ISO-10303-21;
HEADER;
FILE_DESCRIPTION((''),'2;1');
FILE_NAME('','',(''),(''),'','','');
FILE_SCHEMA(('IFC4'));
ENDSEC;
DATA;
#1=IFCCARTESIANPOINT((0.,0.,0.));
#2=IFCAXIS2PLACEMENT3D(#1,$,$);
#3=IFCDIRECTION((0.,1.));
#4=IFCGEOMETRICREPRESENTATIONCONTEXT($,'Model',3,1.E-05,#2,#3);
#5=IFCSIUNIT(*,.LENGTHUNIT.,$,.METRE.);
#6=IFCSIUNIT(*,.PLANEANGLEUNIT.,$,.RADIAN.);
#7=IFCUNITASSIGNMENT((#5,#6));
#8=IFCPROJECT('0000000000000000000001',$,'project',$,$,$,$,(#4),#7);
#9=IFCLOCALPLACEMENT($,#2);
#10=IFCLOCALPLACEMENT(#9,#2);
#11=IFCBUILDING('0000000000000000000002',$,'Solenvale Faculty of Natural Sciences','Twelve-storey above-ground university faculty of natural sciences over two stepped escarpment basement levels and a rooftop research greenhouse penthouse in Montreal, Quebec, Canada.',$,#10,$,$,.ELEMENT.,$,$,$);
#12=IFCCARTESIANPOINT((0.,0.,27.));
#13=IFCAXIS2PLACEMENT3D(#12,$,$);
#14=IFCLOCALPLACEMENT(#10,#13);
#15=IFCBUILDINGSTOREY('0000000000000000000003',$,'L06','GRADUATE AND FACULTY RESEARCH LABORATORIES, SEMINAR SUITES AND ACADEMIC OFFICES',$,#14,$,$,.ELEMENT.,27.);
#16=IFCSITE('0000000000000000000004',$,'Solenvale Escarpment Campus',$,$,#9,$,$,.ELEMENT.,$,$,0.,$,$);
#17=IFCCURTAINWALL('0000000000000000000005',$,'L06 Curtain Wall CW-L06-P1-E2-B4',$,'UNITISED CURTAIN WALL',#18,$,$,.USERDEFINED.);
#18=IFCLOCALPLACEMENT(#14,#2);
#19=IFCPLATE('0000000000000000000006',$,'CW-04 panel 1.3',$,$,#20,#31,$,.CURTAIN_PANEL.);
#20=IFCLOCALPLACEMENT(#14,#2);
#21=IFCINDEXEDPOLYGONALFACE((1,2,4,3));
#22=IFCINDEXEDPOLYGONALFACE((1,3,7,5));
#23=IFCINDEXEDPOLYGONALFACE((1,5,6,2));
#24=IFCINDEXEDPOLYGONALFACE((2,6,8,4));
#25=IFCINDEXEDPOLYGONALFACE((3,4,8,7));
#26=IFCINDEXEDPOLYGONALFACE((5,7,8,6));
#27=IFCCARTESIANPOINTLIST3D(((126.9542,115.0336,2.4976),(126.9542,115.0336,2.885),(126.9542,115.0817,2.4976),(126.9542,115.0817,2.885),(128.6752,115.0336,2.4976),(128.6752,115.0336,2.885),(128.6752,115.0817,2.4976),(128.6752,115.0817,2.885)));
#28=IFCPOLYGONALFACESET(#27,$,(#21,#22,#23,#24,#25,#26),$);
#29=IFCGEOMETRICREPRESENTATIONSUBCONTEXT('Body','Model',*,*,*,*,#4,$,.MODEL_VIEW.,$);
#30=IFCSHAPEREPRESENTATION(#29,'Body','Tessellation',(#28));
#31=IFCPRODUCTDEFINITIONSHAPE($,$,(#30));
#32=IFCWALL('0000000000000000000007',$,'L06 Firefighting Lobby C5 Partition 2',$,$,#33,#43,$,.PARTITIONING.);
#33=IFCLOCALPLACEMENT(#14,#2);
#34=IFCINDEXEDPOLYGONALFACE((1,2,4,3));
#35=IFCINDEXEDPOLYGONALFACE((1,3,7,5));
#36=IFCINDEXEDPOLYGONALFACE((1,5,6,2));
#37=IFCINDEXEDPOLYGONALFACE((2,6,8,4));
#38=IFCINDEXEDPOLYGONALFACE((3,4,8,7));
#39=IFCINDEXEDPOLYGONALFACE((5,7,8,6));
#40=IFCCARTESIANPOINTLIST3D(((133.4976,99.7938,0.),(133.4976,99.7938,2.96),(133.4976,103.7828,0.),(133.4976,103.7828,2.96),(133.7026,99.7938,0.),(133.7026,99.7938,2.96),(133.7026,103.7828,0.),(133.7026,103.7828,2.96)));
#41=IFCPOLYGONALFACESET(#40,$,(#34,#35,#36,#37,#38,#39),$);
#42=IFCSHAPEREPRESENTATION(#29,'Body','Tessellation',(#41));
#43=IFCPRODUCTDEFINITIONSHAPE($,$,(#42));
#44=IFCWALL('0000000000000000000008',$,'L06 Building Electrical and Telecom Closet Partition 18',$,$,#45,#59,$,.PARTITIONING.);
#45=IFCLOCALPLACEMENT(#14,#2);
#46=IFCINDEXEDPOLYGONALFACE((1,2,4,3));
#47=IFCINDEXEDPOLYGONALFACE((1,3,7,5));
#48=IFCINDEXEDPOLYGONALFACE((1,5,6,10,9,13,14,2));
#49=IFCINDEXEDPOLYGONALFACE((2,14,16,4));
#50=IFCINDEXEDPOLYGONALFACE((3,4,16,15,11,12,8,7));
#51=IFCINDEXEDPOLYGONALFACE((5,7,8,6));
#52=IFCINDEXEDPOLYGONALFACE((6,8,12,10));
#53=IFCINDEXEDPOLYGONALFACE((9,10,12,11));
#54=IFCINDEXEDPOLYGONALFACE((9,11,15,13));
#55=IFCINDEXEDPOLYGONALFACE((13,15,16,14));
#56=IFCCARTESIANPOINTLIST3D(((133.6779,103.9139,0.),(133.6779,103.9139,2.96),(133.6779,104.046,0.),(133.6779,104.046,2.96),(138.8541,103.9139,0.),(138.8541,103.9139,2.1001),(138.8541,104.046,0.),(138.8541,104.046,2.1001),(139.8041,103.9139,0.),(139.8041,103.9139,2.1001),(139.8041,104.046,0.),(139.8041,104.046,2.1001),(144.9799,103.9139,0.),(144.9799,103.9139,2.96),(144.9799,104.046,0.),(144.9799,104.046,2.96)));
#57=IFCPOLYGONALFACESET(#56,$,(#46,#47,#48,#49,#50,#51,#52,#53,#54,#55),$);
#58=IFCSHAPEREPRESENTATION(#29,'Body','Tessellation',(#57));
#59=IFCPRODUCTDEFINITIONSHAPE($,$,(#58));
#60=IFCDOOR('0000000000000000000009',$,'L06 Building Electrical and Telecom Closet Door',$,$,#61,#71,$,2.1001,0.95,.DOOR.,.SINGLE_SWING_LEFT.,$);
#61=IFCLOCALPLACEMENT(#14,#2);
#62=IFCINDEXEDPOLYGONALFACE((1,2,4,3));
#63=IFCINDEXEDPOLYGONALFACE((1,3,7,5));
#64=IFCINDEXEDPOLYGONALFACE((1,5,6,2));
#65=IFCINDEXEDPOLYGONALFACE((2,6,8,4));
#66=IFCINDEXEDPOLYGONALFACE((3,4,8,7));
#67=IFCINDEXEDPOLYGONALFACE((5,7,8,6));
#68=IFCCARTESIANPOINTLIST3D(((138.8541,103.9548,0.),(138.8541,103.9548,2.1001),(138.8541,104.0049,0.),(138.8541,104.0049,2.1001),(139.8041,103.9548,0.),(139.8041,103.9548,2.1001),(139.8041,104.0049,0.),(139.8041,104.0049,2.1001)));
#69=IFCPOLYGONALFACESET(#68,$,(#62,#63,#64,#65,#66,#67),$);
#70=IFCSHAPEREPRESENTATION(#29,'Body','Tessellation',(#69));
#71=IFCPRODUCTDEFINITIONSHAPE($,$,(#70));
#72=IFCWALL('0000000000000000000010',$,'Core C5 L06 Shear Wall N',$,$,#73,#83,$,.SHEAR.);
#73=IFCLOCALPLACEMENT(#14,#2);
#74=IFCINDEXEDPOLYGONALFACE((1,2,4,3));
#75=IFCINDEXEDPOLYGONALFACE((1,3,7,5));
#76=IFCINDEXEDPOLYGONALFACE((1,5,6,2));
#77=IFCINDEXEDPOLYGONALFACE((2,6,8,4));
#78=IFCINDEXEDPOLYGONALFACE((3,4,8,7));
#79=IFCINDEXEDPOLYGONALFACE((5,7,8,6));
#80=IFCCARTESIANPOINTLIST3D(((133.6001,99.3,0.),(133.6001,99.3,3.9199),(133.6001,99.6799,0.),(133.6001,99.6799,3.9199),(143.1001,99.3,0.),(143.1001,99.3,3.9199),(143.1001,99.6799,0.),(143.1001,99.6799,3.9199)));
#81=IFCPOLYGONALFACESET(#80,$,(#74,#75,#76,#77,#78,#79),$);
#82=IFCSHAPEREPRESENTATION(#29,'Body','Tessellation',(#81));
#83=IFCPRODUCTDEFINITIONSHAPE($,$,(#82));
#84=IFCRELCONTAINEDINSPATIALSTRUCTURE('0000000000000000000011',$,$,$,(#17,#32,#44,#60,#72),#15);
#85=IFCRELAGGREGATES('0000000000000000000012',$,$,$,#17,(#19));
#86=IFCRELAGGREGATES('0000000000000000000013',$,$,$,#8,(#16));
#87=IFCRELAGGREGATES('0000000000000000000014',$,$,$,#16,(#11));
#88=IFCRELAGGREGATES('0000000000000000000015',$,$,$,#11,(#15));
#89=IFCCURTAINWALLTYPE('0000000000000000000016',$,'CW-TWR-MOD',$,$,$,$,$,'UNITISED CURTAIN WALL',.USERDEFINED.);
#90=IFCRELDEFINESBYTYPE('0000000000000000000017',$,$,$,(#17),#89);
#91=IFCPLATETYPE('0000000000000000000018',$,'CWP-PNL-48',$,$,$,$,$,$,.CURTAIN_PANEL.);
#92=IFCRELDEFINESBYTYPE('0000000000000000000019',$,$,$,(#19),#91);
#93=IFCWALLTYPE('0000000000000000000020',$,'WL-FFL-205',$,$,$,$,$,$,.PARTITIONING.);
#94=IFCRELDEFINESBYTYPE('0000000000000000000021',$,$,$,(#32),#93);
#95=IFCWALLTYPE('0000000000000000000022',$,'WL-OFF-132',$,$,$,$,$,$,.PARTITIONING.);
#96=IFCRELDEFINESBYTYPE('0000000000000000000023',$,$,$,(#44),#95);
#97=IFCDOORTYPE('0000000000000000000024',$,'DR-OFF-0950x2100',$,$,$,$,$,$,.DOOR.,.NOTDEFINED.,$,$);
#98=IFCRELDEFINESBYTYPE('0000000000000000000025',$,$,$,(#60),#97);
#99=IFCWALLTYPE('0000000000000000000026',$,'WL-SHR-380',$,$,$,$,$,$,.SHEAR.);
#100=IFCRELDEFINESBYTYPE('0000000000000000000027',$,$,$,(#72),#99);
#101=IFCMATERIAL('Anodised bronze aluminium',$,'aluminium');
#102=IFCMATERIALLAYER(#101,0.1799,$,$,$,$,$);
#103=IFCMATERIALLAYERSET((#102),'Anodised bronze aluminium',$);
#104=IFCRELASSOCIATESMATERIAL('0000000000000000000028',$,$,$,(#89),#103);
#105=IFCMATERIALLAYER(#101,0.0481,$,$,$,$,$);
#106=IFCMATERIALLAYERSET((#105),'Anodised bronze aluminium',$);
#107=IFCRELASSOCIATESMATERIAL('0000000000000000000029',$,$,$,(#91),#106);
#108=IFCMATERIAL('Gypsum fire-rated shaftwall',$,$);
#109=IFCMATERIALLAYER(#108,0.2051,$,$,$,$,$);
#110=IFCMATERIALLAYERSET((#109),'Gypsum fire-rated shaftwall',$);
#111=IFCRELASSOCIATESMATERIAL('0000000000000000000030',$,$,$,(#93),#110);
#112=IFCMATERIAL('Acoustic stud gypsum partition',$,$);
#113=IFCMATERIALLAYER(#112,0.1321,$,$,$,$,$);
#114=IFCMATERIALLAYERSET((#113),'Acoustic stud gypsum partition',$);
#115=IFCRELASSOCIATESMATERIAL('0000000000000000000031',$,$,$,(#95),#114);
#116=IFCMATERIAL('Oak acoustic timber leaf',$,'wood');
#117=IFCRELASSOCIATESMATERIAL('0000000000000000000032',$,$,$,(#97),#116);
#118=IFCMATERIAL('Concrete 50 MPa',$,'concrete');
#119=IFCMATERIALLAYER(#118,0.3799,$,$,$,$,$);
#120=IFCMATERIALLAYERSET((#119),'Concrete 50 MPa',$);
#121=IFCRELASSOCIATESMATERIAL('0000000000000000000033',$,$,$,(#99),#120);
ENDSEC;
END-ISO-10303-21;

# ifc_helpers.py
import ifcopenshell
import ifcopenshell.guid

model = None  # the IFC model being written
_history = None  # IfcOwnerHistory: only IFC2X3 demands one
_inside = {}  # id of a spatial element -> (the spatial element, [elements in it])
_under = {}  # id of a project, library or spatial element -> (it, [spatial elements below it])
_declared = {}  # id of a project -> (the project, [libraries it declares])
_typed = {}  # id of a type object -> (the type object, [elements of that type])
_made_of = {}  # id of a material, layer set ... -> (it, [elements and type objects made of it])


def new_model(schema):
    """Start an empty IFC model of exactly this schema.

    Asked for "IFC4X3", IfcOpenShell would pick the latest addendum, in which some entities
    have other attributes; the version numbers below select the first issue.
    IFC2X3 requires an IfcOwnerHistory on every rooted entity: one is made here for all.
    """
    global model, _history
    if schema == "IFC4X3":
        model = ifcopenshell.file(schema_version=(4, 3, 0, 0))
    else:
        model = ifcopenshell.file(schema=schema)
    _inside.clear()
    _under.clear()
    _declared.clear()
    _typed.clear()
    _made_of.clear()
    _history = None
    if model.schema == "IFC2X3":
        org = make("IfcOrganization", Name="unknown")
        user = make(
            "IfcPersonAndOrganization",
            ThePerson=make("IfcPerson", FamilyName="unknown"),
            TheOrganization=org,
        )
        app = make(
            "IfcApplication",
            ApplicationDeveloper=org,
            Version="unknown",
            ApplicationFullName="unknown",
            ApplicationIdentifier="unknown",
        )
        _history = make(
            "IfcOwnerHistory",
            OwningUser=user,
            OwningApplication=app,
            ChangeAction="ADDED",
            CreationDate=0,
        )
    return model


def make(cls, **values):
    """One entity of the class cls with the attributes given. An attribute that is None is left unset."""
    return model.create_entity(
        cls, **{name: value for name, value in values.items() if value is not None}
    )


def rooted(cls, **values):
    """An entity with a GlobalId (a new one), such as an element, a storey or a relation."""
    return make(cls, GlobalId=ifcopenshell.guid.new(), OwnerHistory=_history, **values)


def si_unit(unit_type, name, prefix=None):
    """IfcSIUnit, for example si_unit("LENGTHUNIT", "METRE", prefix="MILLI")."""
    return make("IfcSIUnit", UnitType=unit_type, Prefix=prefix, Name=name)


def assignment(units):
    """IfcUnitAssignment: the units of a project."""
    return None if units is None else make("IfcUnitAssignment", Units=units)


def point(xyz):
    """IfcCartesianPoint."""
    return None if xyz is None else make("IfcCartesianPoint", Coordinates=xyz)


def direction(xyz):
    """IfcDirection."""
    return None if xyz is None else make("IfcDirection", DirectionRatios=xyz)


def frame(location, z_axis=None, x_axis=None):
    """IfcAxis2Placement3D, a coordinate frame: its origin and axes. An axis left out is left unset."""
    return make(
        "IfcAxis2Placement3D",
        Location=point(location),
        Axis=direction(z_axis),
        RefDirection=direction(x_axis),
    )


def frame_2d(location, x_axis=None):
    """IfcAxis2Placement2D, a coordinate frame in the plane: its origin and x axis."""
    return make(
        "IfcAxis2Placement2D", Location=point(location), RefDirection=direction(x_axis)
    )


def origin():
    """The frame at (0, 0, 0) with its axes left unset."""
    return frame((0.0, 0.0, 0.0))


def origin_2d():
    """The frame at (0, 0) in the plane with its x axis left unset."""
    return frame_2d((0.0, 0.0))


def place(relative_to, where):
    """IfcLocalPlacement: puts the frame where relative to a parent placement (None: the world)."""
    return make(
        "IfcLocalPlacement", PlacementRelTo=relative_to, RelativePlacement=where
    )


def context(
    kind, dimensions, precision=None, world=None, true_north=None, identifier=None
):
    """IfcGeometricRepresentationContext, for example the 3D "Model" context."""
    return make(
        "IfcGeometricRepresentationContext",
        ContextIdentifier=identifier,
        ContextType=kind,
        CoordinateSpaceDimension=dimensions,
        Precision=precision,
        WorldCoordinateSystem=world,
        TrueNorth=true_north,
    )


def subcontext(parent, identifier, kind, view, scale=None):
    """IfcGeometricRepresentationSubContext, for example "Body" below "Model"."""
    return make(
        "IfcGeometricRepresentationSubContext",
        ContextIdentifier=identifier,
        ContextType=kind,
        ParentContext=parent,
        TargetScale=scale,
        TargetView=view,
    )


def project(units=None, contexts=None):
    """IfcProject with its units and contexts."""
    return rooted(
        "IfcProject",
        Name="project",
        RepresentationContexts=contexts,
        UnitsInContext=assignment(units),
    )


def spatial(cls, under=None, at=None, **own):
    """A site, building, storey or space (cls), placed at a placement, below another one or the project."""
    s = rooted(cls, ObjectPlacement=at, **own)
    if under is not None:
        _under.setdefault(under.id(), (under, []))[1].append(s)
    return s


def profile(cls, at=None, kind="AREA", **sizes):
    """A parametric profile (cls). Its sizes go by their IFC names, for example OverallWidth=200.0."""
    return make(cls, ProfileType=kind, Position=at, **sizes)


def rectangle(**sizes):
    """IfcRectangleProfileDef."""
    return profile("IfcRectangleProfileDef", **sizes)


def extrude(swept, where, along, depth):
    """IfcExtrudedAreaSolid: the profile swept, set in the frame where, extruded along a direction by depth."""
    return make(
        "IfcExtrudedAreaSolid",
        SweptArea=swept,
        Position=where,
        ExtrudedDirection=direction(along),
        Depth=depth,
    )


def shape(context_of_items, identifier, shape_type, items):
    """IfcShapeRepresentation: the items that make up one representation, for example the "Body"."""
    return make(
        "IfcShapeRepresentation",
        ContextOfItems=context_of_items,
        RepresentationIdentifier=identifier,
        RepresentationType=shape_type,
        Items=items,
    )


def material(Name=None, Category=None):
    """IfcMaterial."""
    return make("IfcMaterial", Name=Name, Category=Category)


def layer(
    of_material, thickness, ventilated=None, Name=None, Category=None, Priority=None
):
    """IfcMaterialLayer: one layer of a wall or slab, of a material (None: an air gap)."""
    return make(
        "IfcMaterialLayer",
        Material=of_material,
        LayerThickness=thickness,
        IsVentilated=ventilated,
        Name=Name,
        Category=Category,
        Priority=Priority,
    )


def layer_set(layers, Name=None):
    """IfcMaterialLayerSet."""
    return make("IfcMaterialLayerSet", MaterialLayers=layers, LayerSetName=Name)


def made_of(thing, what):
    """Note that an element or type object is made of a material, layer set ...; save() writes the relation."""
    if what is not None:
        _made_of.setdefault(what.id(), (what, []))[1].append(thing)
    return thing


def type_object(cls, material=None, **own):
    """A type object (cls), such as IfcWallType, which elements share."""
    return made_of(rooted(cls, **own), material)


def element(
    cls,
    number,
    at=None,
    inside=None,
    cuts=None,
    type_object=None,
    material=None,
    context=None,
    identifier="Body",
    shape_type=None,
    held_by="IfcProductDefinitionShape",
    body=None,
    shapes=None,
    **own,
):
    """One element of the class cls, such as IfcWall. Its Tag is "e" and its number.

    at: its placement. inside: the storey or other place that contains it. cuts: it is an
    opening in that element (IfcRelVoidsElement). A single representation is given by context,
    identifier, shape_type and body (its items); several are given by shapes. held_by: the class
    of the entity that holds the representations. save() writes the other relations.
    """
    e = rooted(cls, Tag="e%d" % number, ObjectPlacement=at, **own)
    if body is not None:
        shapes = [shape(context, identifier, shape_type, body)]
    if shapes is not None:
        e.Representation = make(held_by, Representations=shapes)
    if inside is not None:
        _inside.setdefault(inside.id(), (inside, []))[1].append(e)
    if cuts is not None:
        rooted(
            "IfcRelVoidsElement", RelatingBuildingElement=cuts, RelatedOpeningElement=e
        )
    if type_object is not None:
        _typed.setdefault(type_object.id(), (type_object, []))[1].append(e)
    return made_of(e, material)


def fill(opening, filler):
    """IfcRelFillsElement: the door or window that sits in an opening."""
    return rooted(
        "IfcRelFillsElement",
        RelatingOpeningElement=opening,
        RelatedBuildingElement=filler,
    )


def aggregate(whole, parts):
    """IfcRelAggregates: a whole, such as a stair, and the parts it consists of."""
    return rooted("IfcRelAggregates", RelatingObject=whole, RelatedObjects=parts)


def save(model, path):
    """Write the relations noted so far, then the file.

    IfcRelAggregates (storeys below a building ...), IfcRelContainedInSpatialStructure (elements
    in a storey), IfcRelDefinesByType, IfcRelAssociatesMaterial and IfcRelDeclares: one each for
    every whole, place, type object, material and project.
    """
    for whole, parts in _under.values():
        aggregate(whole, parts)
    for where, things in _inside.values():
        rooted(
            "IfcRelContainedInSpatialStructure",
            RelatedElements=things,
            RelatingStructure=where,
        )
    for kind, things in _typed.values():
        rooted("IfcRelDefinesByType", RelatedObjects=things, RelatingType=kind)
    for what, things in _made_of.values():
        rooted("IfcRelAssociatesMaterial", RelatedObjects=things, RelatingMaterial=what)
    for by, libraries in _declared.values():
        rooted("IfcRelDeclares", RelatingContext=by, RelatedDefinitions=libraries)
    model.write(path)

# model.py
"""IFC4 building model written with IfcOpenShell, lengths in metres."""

from ifc_helpers import new_model, si_unit, direction, frame, frame_2d, origin, origin_2d, place, context, subcontext, project, spatial, rectangle, extrude, material, layer, layer_set, type_object, element, fill, aggregate, save


model = new_model("IFC4")

# Units and contexts
model_context = context("Model", 3, precision=1e-05, world=origin(), true_north=direction((0.0, 1.0)))
body_context = subcontext(model_context, "Body", "Model", "MODEL_VIEW")
ifc_project = project(units=[si_unit("LENGTHUNIT", "METRE"), si_unit("PLANEANGLEUNIT", "RADIAN")], contexts=[model_context])

# Site, building, storey
site_placement = place(None, origin())
site = spatial("IfcSite", under=ifc_project, at=site_placement, Name="Solenvale Escarpment Campus", CompositionType="ELEMENT", RefElevation=0.0)
building_placement = place(site_placement, origin())
building = spatial("IfcBuilding", under=site, at=building_placement, Name="Solenvale Faculty of Natural Sciences", Description="Twelve-storey above-ground university faculty of natural sciences over two stepped escarpment basement levels and a rooftop research greenhouse penthouse in Montreal, Quebec, Canada.", CompositionType="ELEMENT")
storey_placement = place(building_placement, frame((0.0, 0.0, 27.0)))
storey = spatial("IfcBuildingStorey", under=building, at=storey_placement, Name="L06", Description="GRADUATE AND FACULTY RESEARCH LABORATORIES, SEMINAR SUITES AND ACADEMIC OFFICES", CompositionType="ELEMENT", Elevation=27.0)

# Curtain wall, plate
ifc_material_1 = material(Name="Anodised bronze aluminium", Category="aluminium")
ifc_layer_1 = layer(ifc_material_1, 0.1799)
ifc_layer_set_1 = layer_set([ifc_layer_1], Name="Anodised bronze aluminium")
curtain_wall_type = type_object("IfcCurtainWallType", Name="CW-TWR-MOD", ElementType="UNITISED CURTAIN WALL", PredefinedType="USERDEFINED", material=ifc_layer_set_1)
curtain_wall_placement = place(storey_placement, origin())
curtain_wall = element("IfcCurtainWall", 1, at=curtain_wall_placement, inside=storey, type_object=curtain_wall_type, Name="L06 Curtain Wall CW-L06-P1-E2-B4", ObjectType="UNITISED CURTAIN WALL", PredefinedType="USERDEFINED")
ifc_layer_2 = layer(ifc_material_1, 0.0481)
ifc_layer_set_2 = layer_set([ifc_layer_2], Name="Anodised bronze aluminium")
plate_type = type_object("IfcPlateType", Name="CWP-PNL-48", PredefinedType="CURTAIN_PANEL", material=ifc_layer_set_2)
plate_placement = place(storey_placement, frame((127.8147, 115.0576, 2.4976), z_axis=(0.0, 0.0, 1.0), x_axis=(-1.0, 0.0, 0.0)))
plate = element("IfcPlate", 2, at=plate_placement, type_object=plate_type, Name="CW-04 panel 1.3", PredefinedType="CURTAIN_PANEL", context=body_context, shape_type="SweptSolid", body=[
    extrude(rectangle(XDim=1.7209, YDim=0.0481, at=origin_2d()), origin(), (0.0, 0.0, 1.0), 0.3875),
])
aggregate(curtain_wall, [plate])

# Shared definitions
ifc_material_2 = material(Name="Gypsum fire-rated shaftwall")
ifc_layer_3 = layer(ifc_material_2, 0.2051)
ifc_layer_set_3 = layer_set([ifc_layer_3], Name="Gypsum fire-rated shaftwall")
wall_type_1 = type_object("IfcWallType", Name="WL-FFL-205", PredefinedType="PARTITIONING", material=ifc_layer_set_3)

# Wall
wall_1_placement = place(storey_placement, frame((133.6001, 103.783, 0.0), z_axis=(0.0, 0.0, 1.0), x_axis=(0.0, -1.0, 0.0)))
element("IfcWall", 3, at=wall_1_placement, inside=storey, type_object=wall_type_1, Name="L06 Firefighting Lobby C5 Partition 2", PredefinedType="PARTITIONING", context=body_context, shape_type="SweptSolid", body=[
    extrude(rectangle(XDim=3.989, YDim=0.2051, at=frame_2d((1.9946, 0.0))), origin(), (0.0, 0.0, 1.0), 2.96),
])

# Wall, opening, door
ifc_material_3 = material(Name="Acoustic stud gypsum partition")
ifc_layer_4 = layer(ifc_material_3, 0.1321)
ifc_layer_set_4 = layer_set([ifc_layer_4], Name="Acoustic stud gypsum partition")
wall_type_2 = type_object("IfcWallType", Name="WL-OFF-132", PredefinedType="PARTITIONING", material=ifc_layer_set_4)
wall_2_placement = place(storey_placement, frame((133.678, 103.98, 0.0), z_axis=(0.0, 0.0, 1.0), x_axis=(1.0, 0.0, 0.0)))
wall_2 = element("IfcWall", 4, at=wall_2_placement, inside=storey, type_object=wall_type_2, Name="L06 Building Electrical and Telecom Closet Partition 18", PredefinedType="PARTITIONING", context=body_context, shape_type="SweptSolid", body=[
    extrude(rectangle(XDim=11.302, YDim=0.1321, at=frame_2d((5.6509, 0.0))), origin(), (0.0, 0.0, 1.0), 2.96),
])
opening_1_placement = place(wall_2_placement, frame((5.176, 0.0, 0.0)))
opening_1 = element("IfcOpeningElement", 5, at=opening_1_placement, cuts=wall_2, PredefinedType="OPENING", context=body_context, shape_type="SweptSolid", body=[
    extrude(rectangle(XDim=0.95, YDim=2.1001, at=frame_2d((0.4751, 1.05))), frame((0.0, 0.0759, 0.0), z_axis=(0.0, -1.0, 0.0), x_axis=(1.0, 0.0, 0.0)), (0.0, 0.0, 1.0), 0.1521),
])
ifc_material_4 = material(Name="Oak acoustic timber leaf", Category="wood")
door_type_1 = type_object("IfcDoorType", Name="DR-OFF-0950x2100", OperationType="NOTDEFINED", PredefinedType="DOOR", material=ifc_material_4)
door_1_placement = place(opening_1_placement, origin())
door_1 = element("IfcDoor", 6, at=door_1_placement, inside=storey, type_object=door_type_1, Name="L06 Building Electrical and Telecom Closet Door", OperationType="SINGLE_SWING_LEFT", OverallHeight=2.1001, OverallWidth=0.95, PredefinedType="DOOR", context=body_context, shape_type="SweptSolid", body=[
    extrude(rectangle(XDim=0.95, YDim=2.1001, at=frame_2d((0.4751, 1.05))), frame((0.0, 0.0249, 0.0), z_axis=(0.0, -1.0, 0.0), x_axis=(1.0, 0.0, 0.0)), (0.0, 0.0, 1.0), 0.05),
])
fill(opening_1, door_1)

# Wall
ifc_material_5 = material(Name="Concrete 50 MPa", Category="concrete")
ifc_layer_5 = layer(ifc_material_5, 0.3799)
ifc_layer_set_5 = layer_set([ifc_layer_5], Name="Concrete 50 MPa")
wall_type_3 = type_object("IfcWallType", Name="WL-SHR-380", PredefinedType="SHEAR", material=ifc_layer_set_5)
wall_3_placement = place(storey_placement, frame((133.6001, 99.49, 0.0), z_axis=(0.0, 0.0, 1.0), x_axis=(1.0, 0.0, 0.0)))
element("IfcWall", 7, at=wall_3_placement, inside=storey, type_object=wall_type_3, Name="Core C5 L06 Shear Wall N", PredefinedType="SHEAR", context=body_context, shape_type="SweptSolid", body=[
    extrude(rectangle(XDim=9.5, YDim=0.3799, at=frame_2d((4.75, 0.0))), origin(), (0.0, 0.0, 1.0), 3.9199),
])

save(model, "model.ifc")
